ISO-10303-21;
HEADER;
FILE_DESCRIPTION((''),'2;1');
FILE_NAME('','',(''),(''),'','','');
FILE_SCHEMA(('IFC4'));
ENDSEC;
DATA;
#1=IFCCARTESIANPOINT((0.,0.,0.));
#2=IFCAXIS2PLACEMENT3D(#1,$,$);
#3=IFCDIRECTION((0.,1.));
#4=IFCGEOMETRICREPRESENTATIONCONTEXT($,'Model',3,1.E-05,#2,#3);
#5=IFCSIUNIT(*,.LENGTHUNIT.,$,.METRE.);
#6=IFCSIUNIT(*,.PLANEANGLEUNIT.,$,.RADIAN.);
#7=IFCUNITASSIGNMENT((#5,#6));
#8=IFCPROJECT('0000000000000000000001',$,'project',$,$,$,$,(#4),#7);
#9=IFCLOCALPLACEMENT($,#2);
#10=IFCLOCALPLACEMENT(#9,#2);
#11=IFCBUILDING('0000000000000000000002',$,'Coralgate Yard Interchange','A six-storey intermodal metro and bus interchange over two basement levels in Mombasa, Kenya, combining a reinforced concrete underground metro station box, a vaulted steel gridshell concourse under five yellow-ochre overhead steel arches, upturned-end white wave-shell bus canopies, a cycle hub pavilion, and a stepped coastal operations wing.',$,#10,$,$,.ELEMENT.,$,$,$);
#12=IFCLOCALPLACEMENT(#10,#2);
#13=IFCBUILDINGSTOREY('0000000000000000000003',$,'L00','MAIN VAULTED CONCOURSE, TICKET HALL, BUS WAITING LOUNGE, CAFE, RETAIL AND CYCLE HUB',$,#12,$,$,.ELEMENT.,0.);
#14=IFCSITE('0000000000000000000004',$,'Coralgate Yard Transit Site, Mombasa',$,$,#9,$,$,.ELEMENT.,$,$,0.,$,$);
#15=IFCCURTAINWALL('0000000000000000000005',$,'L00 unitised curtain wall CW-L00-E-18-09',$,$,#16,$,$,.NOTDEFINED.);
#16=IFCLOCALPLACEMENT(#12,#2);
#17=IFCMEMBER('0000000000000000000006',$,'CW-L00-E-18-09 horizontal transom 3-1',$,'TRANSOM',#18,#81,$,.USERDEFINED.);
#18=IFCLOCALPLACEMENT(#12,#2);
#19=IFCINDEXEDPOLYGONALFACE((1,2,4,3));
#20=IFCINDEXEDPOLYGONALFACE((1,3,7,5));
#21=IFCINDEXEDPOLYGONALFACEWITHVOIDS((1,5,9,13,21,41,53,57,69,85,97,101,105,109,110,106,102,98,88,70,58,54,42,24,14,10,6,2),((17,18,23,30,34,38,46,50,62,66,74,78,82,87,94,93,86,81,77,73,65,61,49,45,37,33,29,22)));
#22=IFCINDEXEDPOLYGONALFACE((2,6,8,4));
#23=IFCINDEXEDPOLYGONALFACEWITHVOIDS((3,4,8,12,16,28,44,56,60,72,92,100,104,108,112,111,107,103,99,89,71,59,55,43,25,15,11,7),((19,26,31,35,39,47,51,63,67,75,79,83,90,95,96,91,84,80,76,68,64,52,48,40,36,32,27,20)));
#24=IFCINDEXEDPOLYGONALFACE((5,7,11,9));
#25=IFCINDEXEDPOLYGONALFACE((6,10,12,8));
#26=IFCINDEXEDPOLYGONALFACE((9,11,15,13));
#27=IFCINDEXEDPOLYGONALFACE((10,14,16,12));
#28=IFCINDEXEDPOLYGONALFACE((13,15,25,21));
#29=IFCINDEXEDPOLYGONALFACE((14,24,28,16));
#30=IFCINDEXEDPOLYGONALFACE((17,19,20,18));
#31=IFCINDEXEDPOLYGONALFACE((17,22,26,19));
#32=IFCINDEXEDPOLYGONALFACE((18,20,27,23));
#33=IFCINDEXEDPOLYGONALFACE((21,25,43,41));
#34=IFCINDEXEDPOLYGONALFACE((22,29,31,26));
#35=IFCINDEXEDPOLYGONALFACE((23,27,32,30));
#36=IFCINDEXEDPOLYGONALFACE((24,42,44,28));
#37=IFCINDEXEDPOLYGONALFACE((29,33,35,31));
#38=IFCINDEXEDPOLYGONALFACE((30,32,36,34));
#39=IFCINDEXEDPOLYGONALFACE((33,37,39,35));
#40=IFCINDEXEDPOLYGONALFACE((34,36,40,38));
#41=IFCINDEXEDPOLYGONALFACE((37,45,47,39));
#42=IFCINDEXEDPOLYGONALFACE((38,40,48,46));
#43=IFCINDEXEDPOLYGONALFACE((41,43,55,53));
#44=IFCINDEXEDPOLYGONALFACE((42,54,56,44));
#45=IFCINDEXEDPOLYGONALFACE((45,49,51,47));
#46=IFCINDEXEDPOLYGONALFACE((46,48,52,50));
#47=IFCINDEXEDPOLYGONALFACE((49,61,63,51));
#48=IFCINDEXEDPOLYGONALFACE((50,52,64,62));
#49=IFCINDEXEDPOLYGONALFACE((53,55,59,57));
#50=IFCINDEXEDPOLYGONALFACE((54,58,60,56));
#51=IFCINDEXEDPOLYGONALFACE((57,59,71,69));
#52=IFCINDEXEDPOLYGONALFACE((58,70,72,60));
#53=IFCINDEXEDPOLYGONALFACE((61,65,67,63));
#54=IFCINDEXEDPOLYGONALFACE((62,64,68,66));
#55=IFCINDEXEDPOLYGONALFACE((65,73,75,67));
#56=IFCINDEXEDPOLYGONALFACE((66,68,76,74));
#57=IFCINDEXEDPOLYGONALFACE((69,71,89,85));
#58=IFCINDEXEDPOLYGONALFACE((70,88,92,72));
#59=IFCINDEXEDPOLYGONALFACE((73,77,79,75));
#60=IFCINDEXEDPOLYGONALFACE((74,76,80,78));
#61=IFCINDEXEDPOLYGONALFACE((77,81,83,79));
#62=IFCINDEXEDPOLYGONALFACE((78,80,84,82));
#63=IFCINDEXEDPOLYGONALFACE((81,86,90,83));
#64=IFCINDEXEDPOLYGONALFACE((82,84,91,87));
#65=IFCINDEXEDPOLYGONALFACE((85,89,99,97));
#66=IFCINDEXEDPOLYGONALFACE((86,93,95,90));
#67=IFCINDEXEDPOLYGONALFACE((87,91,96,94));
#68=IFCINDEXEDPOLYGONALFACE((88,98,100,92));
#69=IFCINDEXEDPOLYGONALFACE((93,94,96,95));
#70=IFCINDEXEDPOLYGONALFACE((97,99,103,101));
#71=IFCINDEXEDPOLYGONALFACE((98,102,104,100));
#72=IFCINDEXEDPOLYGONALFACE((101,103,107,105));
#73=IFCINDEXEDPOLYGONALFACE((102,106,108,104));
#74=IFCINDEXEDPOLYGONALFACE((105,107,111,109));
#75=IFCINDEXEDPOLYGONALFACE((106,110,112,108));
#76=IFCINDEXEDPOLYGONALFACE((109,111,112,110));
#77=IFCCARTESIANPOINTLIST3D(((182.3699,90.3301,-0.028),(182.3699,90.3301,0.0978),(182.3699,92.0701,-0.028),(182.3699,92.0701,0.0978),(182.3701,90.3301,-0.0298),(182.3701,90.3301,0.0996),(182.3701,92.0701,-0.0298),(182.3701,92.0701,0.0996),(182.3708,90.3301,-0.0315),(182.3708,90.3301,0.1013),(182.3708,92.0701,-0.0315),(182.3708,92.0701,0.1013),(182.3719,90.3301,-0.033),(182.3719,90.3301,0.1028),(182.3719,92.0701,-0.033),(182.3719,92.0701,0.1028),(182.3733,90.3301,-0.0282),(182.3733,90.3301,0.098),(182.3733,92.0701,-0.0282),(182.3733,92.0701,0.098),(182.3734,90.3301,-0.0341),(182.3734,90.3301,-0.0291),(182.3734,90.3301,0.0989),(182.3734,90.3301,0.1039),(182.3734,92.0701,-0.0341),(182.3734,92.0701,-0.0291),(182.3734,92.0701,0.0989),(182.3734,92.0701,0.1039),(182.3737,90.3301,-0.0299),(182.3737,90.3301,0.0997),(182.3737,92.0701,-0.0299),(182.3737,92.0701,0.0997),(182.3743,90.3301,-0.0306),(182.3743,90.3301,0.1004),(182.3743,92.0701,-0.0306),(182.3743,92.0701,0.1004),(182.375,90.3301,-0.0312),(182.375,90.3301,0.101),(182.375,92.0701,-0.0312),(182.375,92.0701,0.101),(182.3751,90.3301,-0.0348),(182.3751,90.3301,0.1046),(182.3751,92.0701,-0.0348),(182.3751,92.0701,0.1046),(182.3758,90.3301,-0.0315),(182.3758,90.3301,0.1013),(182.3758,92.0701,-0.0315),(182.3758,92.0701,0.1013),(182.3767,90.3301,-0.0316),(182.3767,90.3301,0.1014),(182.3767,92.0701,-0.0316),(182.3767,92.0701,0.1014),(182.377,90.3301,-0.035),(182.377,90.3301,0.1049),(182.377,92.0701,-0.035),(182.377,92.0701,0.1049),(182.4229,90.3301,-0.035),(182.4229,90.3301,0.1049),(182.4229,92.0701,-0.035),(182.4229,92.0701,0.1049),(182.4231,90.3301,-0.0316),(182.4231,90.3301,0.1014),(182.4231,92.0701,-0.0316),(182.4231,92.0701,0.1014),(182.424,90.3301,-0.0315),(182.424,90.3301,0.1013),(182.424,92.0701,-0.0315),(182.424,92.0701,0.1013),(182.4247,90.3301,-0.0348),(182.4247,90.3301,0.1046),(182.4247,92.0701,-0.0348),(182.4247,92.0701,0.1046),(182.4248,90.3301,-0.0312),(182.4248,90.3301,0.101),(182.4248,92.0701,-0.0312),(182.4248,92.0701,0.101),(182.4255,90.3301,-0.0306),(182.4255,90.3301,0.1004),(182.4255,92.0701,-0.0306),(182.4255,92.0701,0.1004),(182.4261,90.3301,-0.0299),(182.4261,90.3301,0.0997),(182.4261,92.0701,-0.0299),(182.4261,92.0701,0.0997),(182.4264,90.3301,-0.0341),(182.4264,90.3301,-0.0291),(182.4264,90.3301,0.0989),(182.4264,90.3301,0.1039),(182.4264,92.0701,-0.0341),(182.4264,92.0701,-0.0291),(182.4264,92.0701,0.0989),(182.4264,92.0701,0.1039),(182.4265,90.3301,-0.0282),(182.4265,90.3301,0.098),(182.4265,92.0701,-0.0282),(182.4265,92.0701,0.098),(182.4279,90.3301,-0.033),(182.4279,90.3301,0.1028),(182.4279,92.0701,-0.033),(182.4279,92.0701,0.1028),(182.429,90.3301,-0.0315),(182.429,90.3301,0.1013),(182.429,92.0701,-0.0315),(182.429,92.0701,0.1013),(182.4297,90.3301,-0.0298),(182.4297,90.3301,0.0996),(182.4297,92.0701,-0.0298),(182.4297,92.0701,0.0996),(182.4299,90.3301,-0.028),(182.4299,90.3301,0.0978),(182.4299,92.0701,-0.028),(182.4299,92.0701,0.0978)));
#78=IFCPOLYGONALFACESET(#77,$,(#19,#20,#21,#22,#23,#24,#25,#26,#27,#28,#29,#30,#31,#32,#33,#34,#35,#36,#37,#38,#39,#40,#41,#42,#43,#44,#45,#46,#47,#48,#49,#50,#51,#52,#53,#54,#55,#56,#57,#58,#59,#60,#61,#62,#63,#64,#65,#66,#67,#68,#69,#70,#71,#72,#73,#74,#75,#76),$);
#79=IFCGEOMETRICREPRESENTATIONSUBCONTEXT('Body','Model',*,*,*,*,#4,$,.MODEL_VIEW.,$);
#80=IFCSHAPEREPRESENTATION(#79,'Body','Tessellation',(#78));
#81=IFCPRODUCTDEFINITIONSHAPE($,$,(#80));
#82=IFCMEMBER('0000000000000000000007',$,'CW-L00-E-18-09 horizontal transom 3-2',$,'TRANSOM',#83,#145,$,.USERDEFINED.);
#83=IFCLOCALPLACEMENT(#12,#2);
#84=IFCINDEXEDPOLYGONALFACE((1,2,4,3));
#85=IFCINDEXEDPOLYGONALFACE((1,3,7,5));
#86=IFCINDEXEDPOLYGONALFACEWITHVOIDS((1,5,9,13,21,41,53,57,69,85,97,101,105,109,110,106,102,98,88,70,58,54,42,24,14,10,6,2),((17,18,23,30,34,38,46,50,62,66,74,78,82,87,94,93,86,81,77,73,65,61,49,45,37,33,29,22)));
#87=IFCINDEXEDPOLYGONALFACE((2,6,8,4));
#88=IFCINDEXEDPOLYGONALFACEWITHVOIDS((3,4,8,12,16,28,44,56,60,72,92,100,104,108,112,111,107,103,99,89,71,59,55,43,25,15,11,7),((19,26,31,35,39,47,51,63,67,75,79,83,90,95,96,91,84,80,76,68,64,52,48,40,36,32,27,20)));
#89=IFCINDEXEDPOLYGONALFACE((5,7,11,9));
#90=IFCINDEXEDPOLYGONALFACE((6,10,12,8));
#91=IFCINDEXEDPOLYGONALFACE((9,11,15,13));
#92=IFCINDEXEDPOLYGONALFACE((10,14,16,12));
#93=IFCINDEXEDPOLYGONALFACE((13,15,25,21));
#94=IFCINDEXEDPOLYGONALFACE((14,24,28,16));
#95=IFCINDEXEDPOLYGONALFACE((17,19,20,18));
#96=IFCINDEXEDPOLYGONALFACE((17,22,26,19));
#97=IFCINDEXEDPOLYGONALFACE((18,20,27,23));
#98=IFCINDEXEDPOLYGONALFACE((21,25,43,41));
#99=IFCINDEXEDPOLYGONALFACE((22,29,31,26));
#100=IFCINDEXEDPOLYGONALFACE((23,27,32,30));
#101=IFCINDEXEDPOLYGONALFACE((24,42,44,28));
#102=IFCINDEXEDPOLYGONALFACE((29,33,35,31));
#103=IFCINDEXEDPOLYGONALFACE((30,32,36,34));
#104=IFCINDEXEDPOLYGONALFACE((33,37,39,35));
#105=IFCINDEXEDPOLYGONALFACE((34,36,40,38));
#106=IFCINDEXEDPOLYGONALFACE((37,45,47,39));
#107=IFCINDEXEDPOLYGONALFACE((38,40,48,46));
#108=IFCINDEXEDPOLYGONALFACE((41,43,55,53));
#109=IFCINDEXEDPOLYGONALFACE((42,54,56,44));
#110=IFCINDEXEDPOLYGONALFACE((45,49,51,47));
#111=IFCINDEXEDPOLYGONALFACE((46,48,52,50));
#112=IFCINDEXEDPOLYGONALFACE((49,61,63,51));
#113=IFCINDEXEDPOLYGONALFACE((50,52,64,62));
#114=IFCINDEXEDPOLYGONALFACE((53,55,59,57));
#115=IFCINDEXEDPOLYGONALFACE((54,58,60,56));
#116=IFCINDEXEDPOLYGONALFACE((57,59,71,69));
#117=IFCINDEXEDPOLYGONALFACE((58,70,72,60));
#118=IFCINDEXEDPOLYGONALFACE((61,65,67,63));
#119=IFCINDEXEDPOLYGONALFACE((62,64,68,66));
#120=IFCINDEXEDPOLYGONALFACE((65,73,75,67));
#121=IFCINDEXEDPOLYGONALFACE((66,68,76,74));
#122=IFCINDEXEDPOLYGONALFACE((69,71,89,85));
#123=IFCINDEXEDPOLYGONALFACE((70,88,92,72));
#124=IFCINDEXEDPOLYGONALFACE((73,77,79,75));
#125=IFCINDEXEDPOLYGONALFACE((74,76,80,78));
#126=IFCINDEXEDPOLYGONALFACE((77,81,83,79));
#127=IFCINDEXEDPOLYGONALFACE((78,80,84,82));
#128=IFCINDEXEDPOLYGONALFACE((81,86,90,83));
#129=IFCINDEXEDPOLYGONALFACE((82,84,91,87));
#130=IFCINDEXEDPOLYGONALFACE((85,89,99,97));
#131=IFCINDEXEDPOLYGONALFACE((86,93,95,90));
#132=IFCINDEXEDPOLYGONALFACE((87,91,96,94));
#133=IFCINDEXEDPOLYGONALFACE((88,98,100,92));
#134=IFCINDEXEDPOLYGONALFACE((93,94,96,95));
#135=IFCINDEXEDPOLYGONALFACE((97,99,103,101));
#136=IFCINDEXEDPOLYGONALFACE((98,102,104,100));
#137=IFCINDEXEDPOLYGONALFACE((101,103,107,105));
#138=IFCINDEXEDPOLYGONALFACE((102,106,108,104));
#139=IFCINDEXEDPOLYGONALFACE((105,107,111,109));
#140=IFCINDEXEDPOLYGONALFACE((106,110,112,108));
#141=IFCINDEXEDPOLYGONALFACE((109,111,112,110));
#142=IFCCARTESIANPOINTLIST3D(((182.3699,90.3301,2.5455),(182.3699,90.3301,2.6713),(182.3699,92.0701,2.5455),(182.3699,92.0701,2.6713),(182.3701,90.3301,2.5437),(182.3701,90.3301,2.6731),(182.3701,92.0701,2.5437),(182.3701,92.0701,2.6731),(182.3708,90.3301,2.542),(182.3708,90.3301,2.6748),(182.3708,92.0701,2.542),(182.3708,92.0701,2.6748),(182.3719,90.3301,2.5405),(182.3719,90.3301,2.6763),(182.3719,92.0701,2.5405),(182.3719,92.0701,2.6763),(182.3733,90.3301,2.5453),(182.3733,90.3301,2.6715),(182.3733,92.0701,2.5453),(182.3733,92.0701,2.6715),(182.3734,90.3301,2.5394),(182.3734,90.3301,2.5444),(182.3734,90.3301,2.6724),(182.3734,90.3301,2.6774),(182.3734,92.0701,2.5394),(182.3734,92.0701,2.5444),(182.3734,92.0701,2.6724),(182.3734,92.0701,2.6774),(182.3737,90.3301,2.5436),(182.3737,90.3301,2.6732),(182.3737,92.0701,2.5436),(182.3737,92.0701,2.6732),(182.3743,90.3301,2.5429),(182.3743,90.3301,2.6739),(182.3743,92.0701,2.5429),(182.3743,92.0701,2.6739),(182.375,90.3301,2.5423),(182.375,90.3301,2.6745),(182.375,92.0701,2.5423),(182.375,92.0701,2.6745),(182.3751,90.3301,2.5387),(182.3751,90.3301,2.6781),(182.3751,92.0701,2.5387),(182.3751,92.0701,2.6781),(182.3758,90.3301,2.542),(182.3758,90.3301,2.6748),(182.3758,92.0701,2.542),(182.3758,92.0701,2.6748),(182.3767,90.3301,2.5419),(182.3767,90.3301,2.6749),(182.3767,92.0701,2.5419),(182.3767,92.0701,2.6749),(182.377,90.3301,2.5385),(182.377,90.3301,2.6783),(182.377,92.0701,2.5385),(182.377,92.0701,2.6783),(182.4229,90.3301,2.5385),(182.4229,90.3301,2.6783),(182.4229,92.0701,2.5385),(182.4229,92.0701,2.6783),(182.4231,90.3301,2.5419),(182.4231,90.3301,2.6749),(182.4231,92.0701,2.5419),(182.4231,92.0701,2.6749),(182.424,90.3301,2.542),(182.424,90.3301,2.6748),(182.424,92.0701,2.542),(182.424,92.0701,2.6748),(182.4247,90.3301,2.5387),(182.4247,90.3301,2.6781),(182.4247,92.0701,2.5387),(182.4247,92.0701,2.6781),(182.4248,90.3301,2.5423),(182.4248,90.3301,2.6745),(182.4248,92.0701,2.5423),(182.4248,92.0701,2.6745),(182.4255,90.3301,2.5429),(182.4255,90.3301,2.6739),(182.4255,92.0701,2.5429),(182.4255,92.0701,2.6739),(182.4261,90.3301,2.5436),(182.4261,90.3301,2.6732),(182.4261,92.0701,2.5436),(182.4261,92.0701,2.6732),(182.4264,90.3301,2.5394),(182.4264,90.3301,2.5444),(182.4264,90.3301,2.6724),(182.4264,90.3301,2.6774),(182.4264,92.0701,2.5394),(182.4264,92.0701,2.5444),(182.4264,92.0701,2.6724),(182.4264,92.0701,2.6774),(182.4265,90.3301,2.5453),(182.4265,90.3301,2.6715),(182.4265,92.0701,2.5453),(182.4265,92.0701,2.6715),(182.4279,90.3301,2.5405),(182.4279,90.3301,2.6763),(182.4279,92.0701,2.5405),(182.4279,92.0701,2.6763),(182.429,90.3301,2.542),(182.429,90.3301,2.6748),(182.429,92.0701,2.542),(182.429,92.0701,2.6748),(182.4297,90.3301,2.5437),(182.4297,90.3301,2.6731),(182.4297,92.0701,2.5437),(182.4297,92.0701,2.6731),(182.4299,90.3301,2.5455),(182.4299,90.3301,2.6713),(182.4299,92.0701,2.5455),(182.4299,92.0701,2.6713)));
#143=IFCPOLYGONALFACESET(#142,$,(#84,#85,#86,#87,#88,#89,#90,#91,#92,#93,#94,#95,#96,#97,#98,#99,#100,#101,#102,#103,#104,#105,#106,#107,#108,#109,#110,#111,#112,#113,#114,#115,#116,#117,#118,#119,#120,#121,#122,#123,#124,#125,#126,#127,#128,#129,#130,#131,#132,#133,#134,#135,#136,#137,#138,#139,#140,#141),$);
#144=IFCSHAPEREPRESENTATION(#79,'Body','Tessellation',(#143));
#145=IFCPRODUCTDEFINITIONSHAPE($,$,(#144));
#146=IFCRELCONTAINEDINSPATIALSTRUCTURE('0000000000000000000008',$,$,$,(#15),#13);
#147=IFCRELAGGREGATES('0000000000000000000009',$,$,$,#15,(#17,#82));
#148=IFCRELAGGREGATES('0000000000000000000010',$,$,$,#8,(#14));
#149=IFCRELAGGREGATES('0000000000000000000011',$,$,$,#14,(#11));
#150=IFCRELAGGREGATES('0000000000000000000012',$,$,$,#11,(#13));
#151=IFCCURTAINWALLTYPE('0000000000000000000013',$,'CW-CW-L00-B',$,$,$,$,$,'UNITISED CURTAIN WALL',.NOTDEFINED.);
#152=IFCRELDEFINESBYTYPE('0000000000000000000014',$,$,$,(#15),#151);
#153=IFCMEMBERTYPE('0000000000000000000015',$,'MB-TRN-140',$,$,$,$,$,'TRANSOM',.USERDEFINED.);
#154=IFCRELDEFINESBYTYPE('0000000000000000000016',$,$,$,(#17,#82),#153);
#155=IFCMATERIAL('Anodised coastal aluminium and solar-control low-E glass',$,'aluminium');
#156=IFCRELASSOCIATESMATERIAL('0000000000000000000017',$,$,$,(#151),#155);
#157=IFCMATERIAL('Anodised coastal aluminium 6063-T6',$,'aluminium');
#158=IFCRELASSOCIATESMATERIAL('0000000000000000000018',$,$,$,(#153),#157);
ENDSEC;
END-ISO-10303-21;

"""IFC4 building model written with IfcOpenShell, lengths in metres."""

from ifc_helpers import new_model, si_unit, direction, frame, origin, origin_2d, place, context, subcontext, project, spatial, hollow_rectangle, extrude, material, material_profile, profile_set, type_object, element, aggregate, save


model = new_model("IFC4")

# Units and contexts
model_context = context("Model", 3, precision=1e-05, world=origin(), true_north=direction((0.0, 1.0)))
body_context = subcontext(model_context, "Body", "Model", "MODEL_VIEW")
ifc_project = project(units=[si_unit("LENGTHUNIT", "METRE"), si_unit("PLANEANGLEUNIT", "RADIAN")], contexts=[model_context])

# Site, building, storey
site_placement = place(None, origin())
site = spatial("IfcSite", under=ifc_project, at=site_placement, Name="Coralgate Yard Transit Site, Mombasa", CompositionType="ELEMENT", RefElevation=0.0)
building_placement = place(site_placement, origin())
building = spatial("IfcBuilding", under=site, at=building_placement, Name="Coralgate Yard Interchange", Description="A six-storey intermodal metro and bus interchange over two basement levels in Mombasa, Kenya, combining a reinforced concrete underground metro station box, a vaulted steel gridshell concourse under five yellow-ochre overhead steel arches, upturned-end white wave-shell bus canopies, a cycle hub pavilion, and a stepped coastal operations wing.", CompositionType="ELEMENT")
storey_placement = place(building_placement, origin())
storey = spatial("IfcBuildingStorey", under=building, at=storey_placement, Name="L00", Description="MAIN VAULTED CONCOURSE, TICKET HALL, BUS WAITING LOUNGE, CAFE, RETAIL AND CYCLE HUB", CompositionType="ELEMENT", Elevation=0.0)

# Curtain wall, members
ifc_material_1 = material(Name="Anodised coastal aluminium and solar-control low-E glass", Category="aluminium")
curtain_wall_type = type_object("IfcCurtainWallType", Name="CW-CW-L00-B", ElementType="UNITISED CURTAIN WALL", PredefinedType="NOTDEFINED", material=ifc_material_1)
curtain_wall_placement = place(storey_placement, origin())
curtain_wall = element("IfcCurtainWall", 1, at=curtain_wall_placement, inside=storey, type_object=curtain_wall_type, Name="L00 unitised curtain wall CW-L00-E-18-09", PredefinedType="NOTDEFINED")
ifc_material_2 = material(Name="Anodised coastal aluminium 6063-T6", Category="aluminium")
ifc_material_profile_1 = material_profile(ifc_material_2, hollow_rectangle(XDim=0.0601, YDim=0.1399, WallThickness=0.0034, InnerFilletRadius=0.0034, OuterFilletRadius=0.0071, at=origin_2d()), Name="ALU 60x140x3.5")
ifc_profile_set_1 = profile_set([ifc_material_profile_1], Name="Anodised coastal aluminium 6063-T6")
member_type_1 = type_object("IfcMemberType", Name="MB-TRN-140", ElementType="TRANSOM", PredefinedType="USERDEFINED", material=ifc_profile_set_1)
member_1_placement = place(storey_placement, frame((182.3999, 92.0701, 0.0349), z_axis=(0.0, -1.0, 0.0), x_axis=(1.0, 0.0, 0.0)))
member_1 = element("IfcMember", 2, at=member_1_placement, type_object=member_type_1, Name="CW-L00-E-18-09 horizontal transom 3-1", ObjectType="TRANSOM", PredefinedType="USERDEFINED", context=body_context, shape_type="SweptSolid", body=[
    extrude(hollow_rectangle(XDim=0.0601, YDim=0.1399, WallThickness=0.0034, InnerFilletRadius=0.0034, OuterFilletRadius=0.0071, at=origin_2d()), origin(), (0.0, 0.0, 1.0), 1.74),
])
member_2_placement = place(storey_placement, frame((182.3999, 92.0701, 2.6084), z_axis=(0.0, -1.0, 0.0), x_axis=(1.0, 0.0, 0.0)))
member_2 = element("IfcMember", 3, at=member_2_placement, type_object=member_type_1, Name="CW-L00-E-18-09 horizontal transom 3-2", ObjectType="TRANSOM", PredefinedType="USERDEFINED", context=body_context, shape_type="SweptSolid", body=[
    extrude(hollow_rectangle(XDim=0.0601, YDim=0.1399, WallThickness=0.0034, InnerFilletRadius=0.0034, OuterFilletRadius=0.0071, at=origin_2d()), origin(), (0.0, 0.0, 1.0), 1.74),
])
aggregate(curtain_wall, [member_1, member_2])

save(model, "model.ifc")
